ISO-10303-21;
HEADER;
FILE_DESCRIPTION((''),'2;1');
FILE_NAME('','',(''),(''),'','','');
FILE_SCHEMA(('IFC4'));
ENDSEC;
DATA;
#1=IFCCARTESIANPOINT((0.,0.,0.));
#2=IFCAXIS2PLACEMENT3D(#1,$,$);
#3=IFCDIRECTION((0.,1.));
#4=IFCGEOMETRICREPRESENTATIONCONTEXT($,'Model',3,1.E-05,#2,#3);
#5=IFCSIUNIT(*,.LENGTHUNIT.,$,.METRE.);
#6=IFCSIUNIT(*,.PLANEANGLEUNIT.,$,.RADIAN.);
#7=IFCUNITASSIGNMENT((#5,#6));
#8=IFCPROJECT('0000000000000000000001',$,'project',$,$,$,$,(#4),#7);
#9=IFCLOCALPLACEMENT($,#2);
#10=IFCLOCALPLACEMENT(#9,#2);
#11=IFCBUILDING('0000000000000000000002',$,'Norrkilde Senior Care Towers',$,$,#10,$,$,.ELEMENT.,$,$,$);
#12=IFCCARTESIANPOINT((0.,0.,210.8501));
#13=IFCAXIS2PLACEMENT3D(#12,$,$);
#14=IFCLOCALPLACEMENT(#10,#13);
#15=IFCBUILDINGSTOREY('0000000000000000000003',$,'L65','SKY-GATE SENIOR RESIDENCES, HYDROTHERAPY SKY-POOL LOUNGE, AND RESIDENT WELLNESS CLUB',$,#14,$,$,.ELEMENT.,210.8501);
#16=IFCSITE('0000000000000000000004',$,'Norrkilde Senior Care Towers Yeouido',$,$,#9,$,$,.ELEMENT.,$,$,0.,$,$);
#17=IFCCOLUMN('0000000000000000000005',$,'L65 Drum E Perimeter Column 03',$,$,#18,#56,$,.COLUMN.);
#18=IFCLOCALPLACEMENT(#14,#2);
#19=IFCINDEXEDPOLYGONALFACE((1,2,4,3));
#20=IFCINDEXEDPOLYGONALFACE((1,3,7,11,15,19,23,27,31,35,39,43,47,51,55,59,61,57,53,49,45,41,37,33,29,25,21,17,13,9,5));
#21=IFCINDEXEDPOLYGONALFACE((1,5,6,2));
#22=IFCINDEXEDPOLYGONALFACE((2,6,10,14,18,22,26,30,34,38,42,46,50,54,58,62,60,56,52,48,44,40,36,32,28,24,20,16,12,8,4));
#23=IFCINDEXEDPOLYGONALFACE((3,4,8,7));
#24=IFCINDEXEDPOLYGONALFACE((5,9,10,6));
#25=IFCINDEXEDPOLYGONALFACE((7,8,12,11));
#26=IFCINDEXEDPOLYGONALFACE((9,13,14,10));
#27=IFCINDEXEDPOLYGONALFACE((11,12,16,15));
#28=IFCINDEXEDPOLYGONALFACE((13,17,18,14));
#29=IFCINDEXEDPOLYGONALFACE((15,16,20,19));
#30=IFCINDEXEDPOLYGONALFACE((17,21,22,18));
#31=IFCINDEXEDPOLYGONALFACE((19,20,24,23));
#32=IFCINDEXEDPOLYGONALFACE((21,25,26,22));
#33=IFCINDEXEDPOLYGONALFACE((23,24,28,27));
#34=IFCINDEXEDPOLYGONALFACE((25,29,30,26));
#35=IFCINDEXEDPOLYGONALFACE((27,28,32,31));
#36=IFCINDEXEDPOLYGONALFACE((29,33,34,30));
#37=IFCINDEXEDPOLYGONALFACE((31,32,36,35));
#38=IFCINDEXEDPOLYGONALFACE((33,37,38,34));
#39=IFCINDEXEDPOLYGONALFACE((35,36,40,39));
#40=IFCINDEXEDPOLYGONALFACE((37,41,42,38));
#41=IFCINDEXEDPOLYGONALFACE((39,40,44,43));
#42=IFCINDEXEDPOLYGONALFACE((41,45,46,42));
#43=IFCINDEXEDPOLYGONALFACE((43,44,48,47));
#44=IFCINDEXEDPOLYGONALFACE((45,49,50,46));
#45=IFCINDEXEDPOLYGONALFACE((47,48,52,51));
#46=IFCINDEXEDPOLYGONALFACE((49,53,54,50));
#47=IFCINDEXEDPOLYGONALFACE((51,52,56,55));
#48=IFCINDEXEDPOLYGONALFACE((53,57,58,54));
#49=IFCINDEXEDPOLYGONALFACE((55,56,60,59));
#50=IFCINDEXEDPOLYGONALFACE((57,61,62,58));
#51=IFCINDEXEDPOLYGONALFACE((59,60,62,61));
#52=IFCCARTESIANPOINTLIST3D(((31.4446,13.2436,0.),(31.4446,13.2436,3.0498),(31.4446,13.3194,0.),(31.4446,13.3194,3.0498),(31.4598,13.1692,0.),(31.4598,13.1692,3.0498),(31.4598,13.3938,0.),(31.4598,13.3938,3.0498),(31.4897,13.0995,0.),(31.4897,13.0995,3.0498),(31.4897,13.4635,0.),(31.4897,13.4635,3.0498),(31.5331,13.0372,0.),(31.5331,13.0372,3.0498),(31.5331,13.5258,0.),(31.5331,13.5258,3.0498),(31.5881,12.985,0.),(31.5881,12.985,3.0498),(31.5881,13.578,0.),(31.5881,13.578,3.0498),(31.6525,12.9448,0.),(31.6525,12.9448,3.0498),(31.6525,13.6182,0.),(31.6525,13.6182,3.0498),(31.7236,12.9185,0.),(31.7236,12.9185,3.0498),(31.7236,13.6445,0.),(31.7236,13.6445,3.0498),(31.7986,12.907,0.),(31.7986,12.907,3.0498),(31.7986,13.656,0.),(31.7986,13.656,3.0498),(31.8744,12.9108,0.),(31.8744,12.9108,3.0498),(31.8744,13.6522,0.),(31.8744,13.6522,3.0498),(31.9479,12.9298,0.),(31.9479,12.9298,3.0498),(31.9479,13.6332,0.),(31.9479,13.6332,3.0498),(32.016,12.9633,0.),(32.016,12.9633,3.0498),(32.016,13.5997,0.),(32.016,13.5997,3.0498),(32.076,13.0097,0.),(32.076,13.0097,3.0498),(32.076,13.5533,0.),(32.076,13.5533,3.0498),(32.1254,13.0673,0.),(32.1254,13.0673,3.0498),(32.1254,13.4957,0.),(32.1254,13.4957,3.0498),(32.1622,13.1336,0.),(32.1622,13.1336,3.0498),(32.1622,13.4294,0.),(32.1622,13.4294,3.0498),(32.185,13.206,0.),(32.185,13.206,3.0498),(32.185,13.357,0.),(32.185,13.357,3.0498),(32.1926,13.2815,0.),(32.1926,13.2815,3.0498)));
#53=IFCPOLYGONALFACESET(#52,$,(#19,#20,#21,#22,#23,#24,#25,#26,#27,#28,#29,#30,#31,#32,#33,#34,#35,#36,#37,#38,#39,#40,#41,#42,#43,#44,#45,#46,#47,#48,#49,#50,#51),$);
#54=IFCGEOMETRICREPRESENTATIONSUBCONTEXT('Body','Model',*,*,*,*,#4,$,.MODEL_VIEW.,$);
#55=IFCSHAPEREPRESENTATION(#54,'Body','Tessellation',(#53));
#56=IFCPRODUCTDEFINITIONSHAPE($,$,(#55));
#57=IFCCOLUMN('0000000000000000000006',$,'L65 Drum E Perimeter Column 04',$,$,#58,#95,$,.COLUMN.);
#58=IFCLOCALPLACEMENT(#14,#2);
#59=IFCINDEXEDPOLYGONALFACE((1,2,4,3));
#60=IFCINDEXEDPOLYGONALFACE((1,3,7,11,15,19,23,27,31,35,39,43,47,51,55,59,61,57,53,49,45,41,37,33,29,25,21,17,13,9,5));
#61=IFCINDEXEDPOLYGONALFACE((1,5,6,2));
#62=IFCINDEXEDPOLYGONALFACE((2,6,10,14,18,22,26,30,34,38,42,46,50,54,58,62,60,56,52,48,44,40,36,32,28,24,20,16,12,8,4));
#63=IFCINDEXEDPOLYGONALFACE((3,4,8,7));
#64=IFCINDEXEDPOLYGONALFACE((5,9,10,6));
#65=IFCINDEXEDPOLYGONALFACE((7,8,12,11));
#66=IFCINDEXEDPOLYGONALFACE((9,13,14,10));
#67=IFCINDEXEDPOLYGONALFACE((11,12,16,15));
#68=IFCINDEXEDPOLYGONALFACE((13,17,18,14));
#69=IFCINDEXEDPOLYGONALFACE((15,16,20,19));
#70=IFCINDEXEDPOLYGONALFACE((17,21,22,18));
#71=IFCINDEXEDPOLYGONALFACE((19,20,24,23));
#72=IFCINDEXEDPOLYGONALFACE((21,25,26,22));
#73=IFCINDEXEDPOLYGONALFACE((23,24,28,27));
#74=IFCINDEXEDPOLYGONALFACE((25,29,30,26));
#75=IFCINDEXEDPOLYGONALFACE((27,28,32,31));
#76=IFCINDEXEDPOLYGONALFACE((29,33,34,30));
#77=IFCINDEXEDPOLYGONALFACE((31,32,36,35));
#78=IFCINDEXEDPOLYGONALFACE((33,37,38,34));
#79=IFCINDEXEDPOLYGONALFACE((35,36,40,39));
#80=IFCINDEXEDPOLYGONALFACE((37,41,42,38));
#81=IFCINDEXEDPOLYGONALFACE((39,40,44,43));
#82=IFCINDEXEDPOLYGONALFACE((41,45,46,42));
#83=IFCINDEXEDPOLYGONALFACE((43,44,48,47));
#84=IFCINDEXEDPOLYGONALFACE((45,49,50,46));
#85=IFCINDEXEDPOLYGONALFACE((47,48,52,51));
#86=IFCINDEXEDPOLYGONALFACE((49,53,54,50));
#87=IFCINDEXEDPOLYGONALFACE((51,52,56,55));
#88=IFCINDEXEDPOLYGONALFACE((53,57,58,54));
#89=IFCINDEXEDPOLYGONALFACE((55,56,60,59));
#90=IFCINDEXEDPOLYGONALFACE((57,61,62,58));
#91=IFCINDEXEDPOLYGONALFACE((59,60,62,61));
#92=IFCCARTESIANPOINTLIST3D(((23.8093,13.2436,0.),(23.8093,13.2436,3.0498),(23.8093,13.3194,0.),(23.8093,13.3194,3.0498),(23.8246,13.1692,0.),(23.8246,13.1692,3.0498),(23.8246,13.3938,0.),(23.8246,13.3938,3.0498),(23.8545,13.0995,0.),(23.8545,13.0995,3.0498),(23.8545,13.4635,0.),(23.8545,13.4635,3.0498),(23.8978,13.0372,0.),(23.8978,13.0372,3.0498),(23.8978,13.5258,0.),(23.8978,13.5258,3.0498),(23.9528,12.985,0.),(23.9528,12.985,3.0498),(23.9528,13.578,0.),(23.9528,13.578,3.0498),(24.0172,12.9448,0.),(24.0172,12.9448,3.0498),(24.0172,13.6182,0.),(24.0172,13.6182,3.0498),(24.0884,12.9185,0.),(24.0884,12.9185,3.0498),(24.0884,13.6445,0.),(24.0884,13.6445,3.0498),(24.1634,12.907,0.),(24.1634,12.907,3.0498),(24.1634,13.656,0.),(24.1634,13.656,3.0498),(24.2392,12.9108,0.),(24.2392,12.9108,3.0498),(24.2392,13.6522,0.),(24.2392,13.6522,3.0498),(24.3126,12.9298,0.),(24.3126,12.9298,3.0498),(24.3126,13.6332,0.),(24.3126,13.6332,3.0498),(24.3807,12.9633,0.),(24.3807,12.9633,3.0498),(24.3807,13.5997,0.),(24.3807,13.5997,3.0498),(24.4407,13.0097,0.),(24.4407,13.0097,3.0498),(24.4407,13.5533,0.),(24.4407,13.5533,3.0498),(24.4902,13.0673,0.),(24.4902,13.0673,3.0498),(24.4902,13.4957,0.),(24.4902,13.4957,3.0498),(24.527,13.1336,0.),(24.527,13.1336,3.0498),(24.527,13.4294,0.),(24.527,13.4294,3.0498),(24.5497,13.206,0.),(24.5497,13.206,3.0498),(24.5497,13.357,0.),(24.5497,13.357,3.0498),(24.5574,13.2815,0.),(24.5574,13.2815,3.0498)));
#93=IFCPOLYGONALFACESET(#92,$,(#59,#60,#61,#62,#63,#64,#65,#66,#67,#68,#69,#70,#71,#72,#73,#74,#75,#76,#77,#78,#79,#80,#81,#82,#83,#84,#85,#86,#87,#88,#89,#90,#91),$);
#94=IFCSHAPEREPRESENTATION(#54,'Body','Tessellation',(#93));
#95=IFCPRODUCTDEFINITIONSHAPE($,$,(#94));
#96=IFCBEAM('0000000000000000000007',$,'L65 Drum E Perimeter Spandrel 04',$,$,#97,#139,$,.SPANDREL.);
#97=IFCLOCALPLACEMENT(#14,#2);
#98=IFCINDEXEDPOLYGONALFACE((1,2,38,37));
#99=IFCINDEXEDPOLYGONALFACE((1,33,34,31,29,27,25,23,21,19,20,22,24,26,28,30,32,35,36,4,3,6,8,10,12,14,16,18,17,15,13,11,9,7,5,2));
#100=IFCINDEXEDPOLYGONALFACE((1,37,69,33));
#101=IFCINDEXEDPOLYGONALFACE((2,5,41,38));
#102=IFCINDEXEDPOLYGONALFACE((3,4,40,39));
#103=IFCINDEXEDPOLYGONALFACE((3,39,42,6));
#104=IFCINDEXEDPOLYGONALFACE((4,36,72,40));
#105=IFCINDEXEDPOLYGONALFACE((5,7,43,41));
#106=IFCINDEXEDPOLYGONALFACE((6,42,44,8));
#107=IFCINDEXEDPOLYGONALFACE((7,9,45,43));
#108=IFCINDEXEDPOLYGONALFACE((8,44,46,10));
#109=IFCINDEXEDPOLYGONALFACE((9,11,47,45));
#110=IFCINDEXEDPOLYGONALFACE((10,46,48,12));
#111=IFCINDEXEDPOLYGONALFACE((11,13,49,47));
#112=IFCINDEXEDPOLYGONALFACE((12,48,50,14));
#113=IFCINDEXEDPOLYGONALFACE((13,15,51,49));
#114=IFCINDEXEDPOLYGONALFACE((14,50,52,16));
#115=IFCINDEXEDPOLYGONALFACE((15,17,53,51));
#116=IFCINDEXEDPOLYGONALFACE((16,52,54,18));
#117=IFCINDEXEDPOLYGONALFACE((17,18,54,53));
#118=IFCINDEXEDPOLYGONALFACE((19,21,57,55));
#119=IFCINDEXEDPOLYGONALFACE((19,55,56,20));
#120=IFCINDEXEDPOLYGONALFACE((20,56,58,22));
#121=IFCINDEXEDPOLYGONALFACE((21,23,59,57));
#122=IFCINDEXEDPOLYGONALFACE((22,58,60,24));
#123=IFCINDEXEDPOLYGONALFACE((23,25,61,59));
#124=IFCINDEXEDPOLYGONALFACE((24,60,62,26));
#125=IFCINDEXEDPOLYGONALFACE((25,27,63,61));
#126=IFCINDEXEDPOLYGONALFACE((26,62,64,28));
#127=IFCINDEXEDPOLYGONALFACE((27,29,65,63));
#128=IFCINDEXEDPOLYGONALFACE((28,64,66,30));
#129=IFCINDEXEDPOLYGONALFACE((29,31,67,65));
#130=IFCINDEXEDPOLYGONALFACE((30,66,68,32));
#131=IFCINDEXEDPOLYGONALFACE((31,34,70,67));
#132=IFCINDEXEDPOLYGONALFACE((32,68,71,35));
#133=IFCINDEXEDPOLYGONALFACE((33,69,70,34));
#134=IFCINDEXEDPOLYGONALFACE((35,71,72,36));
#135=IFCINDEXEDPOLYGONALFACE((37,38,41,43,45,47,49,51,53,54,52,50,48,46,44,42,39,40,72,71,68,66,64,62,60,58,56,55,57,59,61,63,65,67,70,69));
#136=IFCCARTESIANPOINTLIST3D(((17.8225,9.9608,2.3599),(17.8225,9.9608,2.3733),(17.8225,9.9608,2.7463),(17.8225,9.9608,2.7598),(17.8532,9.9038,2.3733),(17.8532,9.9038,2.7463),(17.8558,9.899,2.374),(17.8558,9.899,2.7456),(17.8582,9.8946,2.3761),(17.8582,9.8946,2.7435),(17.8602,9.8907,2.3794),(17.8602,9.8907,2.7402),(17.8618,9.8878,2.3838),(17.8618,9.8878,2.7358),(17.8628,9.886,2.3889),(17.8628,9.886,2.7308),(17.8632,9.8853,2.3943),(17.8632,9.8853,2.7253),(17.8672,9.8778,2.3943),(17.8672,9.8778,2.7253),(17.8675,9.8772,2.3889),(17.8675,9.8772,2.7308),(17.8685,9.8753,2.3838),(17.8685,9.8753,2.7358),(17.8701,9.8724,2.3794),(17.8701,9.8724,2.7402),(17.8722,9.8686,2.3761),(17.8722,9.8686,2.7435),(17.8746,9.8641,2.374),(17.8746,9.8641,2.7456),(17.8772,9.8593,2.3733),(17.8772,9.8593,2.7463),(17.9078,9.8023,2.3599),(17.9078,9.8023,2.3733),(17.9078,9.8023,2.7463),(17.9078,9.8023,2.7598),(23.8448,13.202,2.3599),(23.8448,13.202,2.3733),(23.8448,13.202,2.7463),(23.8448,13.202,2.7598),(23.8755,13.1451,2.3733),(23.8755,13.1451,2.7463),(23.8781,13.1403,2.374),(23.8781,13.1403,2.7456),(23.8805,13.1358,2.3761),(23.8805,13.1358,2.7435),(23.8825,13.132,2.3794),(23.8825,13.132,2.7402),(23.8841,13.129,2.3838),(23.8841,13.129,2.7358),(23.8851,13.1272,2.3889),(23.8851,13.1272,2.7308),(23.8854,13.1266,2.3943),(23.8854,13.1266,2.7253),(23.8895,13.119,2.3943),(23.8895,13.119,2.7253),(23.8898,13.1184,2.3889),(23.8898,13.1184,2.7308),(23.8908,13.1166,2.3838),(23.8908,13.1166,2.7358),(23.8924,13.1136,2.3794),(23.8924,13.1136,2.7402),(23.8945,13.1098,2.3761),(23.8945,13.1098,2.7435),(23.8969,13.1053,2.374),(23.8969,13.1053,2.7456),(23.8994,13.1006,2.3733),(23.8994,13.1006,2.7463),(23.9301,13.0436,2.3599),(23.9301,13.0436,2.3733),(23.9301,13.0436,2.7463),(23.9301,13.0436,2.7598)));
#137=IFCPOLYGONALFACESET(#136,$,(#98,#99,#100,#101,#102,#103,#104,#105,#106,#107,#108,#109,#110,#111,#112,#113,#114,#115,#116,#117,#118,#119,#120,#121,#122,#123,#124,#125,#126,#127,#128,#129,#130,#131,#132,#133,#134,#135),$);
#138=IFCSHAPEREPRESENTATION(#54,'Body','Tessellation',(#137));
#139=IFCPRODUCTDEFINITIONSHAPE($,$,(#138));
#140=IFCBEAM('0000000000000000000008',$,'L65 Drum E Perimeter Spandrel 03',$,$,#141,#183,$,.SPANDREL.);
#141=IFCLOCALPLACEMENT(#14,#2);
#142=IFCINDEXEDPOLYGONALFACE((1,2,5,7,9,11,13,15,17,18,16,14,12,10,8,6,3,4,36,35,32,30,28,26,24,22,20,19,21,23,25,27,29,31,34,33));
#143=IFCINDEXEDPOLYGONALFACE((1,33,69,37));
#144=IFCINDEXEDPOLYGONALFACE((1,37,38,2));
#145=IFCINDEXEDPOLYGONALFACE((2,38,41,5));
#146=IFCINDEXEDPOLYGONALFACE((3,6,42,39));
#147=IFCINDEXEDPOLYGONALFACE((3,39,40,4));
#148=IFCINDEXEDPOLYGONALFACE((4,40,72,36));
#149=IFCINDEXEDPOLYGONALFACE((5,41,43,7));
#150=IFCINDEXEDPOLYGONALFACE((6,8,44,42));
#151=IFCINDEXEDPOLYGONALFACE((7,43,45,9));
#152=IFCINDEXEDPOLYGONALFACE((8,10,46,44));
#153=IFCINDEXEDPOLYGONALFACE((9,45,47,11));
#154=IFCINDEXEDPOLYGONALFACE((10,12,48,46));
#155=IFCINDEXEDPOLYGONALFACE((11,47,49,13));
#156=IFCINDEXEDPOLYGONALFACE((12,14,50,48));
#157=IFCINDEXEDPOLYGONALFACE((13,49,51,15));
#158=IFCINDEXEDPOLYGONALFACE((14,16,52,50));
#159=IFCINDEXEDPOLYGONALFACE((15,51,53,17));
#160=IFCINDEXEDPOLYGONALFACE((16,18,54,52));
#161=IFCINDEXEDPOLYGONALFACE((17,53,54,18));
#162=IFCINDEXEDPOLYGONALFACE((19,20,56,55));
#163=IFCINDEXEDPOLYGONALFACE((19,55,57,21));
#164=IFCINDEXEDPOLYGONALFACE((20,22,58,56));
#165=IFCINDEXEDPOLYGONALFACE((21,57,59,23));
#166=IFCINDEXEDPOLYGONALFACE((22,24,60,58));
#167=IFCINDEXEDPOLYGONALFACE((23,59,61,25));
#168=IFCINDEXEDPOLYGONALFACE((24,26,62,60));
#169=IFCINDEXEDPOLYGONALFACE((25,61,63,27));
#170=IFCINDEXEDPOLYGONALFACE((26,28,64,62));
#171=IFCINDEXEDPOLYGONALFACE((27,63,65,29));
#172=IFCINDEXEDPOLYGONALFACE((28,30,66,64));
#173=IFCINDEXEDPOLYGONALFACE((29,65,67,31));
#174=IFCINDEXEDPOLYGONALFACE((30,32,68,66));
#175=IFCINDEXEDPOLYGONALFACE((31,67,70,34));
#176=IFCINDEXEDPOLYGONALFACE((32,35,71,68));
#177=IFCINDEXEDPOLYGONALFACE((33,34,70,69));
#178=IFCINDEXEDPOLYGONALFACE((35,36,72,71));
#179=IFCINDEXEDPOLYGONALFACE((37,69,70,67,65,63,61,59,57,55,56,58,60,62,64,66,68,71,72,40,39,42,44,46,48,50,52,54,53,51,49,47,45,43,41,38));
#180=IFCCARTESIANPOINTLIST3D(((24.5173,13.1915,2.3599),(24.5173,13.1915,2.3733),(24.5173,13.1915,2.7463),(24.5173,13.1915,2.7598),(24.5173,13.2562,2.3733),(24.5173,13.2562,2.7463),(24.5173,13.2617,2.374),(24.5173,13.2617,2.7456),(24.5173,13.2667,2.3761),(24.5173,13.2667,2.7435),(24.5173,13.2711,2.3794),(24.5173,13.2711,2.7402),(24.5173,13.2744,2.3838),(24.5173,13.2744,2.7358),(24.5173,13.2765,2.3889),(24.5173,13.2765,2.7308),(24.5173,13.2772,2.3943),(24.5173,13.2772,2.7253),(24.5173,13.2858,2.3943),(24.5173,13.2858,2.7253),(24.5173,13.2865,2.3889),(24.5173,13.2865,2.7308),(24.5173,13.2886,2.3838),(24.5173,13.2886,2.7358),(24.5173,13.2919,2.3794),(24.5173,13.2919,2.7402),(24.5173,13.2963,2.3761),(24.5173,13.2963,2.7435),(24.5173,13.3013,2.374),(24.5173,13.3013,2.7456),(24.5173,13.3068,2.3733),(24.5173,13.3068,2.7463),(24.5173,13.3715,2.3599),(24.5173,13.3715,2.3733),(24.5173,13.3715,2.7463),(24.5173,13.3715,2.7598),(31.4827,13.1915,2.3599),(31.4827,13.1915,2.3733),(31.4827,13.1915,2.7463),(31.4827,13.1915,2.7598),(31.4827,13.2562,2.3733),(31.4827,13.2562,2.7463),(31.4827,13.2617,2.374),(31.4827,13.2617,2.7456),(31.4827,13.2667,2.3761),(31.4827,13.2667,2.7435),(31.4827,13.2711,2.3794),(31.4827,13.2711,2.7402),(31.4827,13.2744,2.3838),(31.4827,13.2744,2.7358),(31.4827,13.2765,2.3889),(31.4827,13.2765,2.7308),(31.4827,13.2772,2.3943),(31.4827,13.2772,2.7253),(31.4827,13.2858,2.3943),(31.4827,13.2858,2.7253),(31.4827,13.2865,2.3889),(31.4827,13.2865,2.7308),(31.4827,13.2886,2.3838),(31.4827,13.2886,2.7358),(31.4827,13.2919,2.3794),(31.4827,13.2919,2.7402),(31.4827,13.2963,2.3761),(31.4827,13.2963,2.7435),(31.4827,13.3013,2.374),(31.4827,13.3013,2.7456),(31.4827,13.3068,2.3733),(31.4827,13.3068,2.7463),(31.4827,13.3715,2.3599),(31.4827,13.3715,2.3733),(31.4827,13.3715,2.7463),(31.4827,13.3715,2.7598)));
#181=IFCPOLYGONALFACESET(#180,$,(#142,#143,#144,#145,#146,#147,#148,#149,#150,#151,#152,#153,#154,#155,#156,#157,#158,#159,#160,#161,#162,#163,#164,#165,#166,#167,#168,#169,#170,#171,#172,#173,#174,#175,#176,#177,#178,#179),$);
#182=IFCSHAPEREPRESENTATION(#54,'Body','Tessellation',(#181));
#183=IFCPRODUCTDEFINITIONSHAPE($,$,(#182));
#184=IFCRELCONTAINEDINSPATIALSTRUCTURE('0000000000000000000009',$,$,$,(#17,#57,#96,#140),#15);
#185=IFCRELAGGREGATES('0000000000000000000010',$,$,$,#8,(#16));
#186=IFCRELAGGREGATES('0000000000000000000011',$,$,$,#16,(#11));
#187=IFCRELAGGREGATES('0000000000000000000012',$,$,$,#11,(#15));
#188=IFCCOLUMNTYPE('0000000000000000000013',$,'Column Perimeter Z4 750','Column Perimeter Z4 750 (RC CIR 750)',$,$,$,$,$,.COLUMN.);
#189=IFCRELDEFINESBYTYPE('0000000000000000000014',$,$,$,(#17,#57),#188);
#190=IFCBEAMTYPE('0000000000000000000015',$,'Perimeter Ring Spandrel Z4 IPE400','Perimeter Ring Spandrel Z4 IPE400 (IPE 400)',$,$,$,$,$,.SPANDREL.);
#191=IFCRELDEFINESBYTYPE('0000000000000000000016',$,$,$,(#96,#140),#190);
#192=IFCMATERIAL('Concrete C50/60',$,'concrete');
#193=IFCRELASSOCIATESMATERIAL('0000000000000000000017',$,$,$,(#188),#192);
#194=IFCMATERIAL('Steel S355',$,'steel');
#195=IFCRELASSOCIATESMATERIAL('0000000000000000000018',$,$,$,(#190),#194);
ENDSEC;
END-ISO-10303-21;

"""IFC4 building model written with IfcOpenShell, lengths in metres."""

from ifc_helpers import new_model, si_unit, direction, frame, origin, origin_2d, place, context, subcontext, project, spatial, circle, i_section, extrude, source, transform, mapped, material, material_profile, profile_set, type_object, type_shapes, element, save


model = new_model("IFC4")

# Units and contexts
model_context = context("Model", 3, precision=1e-05, world=origin(), true_north=direction((0.0, 1.0)))
body_context = subcontext(model_context, "Body", "Model", "MODEL_VIEW")
ifc_project = project(units=[si_unit("LENGTHUNIT", "METRE"), si_unit("PLANEANGLEUNIT", "RADIAN")], contexts=[model_context])

# Site, building, storey
site_placement = place(None, origin())
site = spatial("IfcSite", under=ifc_project, at=site_placement, Name="Norrkilde Senior Care Towers Yeouido", CompositionType="ELEMENT", RefElevation=0.0)
building_placement = place(site_placement, origin())
building = spatial("IfcBuilding", under=site, at=building_placement, Name="Norrkilde Senior Care Towers", CompositionType="ELEMENT")
storey_placement = place(building_placement, frame((0.0, 0.0, 210.8501)))
storey = spatial("IfcBuildingStorey", under=building, at=storey_placement, Name="L65", Description="SKY-GATE SENIOR RESIDENCES, HYDROTHERAPY SKY-POOL LOUNGE, AND RESIDENT WELLNESS CLUB", CompositionType="ELEMENT", Elevation=210.8501)

# Columns
ifc_material_1 = material(Name="Concrete C50/60", Category="concrete")
ifc_material_profile_1 = material_profile(ifc_material_1, circle(Radius=0.375, at=origin_2d()), Name="RC CIR 750")
ifc_profile_set_1 = profile_set([ifc_material_profile_1], Name="Concrete C50/60")
column_type = type_object("IfcColumnType", Name="Column Perimeter Z4 750", Description="Column Perimeter Z4 750 (RC CIR 750)", PredefinedType="COLUMN", material=ifc_profile_set_1)
shared_shape_1 = source(origin(), body_context, "Body", "SweptSolid", [
    extrude(circle(Radius=0.375, at=origin_2d()), origin(), (0.0, 0.0, 1.0), 3.0498),
])
type_shapes(column_type, [shared_shape_1])
for number, where, z_axis, x_axis, name in (
    (1, (31.8176, 13.2815, 0.0), (0.0, 0.0, 1.0), (1.0, 0.0, 0.0), "L65 Drum E Perimeter Column 03"),
    (2, (24.1824, 13.2815, 0.0), (0.0, 0.0, 1.0), (1.0, 0.0, 0.0), "L65 Drum E Perimeter Column 04"),
):
    element("IfcColumn", number, at=place(storey_placement, frame(where, z_axis=z_axis, x_axis=x_axis)), inside=storey, type_object=column_type, Name=name, PredefinedType="COLUMN", context=body_context, shape_type="MappedRepresentation", body=[
        mapped(shared_shape_1, transform((0.0, 0.0, 0.0), x_axis=(1.0, 0.0, 0.0), y_axis=(0.0, 1.0, 0.0), z_axis=(0.0, 0.0, 1.0), scale=1.0)),
    ])

# Beams
ifc_material_2 = material(Name="Steel S355", Category="steel")
ifc_material_profile_2 = material_profile(ifc_material_2, i_section(OverallWidth=0.1799, OverallDepth=0.3999, WebThickness=0.0085, FlangeThickness=0.0134, FilletRadius=0.021, at=origin_2d()), Name="IPE 400")
ifc_profile_set_2 = profile_set([ifc_material_profile_2], Name="Steel S355")
beam_type_1 = type_object("IfcBeamType", Name="Perimeter Ring Spandrel Z4 IPE400", Description="Perimeter Ring Spandrel Z4 IPE400 (IPE 400)", PredefinedType="SPANDREL", material=ifc_profile_set_2)
shared_shape_2 = source(origin(), body_context, "Body", "SweptSolid", [
    extrude(i_section(OverallWidth=0.1799, OverallDepth=0.3999, WebThickness=0.0085, FlangeThickness=0.0134, FilletRadius=0.021, at=origin_2d()), origin(), (0.0, 0.0, 1.0), 6.8391),
])
beam_1_placement = place(storey_placement, frame((23.8875, 13.1228, 2.5598), z_axis=(-0.880564, -0.473927, 0.0), x_axis=(0.473927, -0.880564, 0.0)))
element("IfcBeam", 3, at=beam_1_placement, inside=storey, type_object=beam_type_1, Name="L65 Drum E Perimeter Spandrel 04", PredefinedType="SPANDREL", context=body_context, shape_type="MappedRepresentation", body=[
    mapped(shared_shape_2, transform((0.0, 0.0, 0.0), x_axis=(1.0, 0.0, 0.0), y_axis=(0.0, 1.0, 0.0), z_axis=(0.0, 0.0, 1.0), scale=1.0)),
])
shared_shape_3 = source(origin(), body_context, "Body", "SweptSolid", [
    extrude(i_section(OverallWidth=0.1799, OverallDepth=0.3999, WebThickness=0.0085, FlangeThickness=0.0134, FilletRadius=0.021, at=origin_2d()), origin(), (0.0, 0.0, 1.0), 6.9653),
])
type_shapes(beam_type_1, [shared_shape_2, shared_shape_3])
beam_2_placement = place(storey_placement, frame((31.4827, 13.2815, 2.5598), z_axis=(-1.0, 0.0, 0.0), x_axis=(0.0, -1.0, 0.0)))
element("IfcBeam", 4, at=beam_2_placement, inside=storey, type_object=beam_type_1, Name="L65 Drum E Perimeter Spandrel 03", PredefinedType="SPANDREL", context=body_context, shape_type="MappedRepresentation", body=[
    mapped(shared_shape_3, transform((0.0, 0.0, 0.0), x_axis=(1.0, 0.0, 0.0), y_axis=(0.0, 1.0, 0.0), z_axis=(0.0, 0.0, 1.0), scale=1.0)),
])

save(model, "model.ifc")
